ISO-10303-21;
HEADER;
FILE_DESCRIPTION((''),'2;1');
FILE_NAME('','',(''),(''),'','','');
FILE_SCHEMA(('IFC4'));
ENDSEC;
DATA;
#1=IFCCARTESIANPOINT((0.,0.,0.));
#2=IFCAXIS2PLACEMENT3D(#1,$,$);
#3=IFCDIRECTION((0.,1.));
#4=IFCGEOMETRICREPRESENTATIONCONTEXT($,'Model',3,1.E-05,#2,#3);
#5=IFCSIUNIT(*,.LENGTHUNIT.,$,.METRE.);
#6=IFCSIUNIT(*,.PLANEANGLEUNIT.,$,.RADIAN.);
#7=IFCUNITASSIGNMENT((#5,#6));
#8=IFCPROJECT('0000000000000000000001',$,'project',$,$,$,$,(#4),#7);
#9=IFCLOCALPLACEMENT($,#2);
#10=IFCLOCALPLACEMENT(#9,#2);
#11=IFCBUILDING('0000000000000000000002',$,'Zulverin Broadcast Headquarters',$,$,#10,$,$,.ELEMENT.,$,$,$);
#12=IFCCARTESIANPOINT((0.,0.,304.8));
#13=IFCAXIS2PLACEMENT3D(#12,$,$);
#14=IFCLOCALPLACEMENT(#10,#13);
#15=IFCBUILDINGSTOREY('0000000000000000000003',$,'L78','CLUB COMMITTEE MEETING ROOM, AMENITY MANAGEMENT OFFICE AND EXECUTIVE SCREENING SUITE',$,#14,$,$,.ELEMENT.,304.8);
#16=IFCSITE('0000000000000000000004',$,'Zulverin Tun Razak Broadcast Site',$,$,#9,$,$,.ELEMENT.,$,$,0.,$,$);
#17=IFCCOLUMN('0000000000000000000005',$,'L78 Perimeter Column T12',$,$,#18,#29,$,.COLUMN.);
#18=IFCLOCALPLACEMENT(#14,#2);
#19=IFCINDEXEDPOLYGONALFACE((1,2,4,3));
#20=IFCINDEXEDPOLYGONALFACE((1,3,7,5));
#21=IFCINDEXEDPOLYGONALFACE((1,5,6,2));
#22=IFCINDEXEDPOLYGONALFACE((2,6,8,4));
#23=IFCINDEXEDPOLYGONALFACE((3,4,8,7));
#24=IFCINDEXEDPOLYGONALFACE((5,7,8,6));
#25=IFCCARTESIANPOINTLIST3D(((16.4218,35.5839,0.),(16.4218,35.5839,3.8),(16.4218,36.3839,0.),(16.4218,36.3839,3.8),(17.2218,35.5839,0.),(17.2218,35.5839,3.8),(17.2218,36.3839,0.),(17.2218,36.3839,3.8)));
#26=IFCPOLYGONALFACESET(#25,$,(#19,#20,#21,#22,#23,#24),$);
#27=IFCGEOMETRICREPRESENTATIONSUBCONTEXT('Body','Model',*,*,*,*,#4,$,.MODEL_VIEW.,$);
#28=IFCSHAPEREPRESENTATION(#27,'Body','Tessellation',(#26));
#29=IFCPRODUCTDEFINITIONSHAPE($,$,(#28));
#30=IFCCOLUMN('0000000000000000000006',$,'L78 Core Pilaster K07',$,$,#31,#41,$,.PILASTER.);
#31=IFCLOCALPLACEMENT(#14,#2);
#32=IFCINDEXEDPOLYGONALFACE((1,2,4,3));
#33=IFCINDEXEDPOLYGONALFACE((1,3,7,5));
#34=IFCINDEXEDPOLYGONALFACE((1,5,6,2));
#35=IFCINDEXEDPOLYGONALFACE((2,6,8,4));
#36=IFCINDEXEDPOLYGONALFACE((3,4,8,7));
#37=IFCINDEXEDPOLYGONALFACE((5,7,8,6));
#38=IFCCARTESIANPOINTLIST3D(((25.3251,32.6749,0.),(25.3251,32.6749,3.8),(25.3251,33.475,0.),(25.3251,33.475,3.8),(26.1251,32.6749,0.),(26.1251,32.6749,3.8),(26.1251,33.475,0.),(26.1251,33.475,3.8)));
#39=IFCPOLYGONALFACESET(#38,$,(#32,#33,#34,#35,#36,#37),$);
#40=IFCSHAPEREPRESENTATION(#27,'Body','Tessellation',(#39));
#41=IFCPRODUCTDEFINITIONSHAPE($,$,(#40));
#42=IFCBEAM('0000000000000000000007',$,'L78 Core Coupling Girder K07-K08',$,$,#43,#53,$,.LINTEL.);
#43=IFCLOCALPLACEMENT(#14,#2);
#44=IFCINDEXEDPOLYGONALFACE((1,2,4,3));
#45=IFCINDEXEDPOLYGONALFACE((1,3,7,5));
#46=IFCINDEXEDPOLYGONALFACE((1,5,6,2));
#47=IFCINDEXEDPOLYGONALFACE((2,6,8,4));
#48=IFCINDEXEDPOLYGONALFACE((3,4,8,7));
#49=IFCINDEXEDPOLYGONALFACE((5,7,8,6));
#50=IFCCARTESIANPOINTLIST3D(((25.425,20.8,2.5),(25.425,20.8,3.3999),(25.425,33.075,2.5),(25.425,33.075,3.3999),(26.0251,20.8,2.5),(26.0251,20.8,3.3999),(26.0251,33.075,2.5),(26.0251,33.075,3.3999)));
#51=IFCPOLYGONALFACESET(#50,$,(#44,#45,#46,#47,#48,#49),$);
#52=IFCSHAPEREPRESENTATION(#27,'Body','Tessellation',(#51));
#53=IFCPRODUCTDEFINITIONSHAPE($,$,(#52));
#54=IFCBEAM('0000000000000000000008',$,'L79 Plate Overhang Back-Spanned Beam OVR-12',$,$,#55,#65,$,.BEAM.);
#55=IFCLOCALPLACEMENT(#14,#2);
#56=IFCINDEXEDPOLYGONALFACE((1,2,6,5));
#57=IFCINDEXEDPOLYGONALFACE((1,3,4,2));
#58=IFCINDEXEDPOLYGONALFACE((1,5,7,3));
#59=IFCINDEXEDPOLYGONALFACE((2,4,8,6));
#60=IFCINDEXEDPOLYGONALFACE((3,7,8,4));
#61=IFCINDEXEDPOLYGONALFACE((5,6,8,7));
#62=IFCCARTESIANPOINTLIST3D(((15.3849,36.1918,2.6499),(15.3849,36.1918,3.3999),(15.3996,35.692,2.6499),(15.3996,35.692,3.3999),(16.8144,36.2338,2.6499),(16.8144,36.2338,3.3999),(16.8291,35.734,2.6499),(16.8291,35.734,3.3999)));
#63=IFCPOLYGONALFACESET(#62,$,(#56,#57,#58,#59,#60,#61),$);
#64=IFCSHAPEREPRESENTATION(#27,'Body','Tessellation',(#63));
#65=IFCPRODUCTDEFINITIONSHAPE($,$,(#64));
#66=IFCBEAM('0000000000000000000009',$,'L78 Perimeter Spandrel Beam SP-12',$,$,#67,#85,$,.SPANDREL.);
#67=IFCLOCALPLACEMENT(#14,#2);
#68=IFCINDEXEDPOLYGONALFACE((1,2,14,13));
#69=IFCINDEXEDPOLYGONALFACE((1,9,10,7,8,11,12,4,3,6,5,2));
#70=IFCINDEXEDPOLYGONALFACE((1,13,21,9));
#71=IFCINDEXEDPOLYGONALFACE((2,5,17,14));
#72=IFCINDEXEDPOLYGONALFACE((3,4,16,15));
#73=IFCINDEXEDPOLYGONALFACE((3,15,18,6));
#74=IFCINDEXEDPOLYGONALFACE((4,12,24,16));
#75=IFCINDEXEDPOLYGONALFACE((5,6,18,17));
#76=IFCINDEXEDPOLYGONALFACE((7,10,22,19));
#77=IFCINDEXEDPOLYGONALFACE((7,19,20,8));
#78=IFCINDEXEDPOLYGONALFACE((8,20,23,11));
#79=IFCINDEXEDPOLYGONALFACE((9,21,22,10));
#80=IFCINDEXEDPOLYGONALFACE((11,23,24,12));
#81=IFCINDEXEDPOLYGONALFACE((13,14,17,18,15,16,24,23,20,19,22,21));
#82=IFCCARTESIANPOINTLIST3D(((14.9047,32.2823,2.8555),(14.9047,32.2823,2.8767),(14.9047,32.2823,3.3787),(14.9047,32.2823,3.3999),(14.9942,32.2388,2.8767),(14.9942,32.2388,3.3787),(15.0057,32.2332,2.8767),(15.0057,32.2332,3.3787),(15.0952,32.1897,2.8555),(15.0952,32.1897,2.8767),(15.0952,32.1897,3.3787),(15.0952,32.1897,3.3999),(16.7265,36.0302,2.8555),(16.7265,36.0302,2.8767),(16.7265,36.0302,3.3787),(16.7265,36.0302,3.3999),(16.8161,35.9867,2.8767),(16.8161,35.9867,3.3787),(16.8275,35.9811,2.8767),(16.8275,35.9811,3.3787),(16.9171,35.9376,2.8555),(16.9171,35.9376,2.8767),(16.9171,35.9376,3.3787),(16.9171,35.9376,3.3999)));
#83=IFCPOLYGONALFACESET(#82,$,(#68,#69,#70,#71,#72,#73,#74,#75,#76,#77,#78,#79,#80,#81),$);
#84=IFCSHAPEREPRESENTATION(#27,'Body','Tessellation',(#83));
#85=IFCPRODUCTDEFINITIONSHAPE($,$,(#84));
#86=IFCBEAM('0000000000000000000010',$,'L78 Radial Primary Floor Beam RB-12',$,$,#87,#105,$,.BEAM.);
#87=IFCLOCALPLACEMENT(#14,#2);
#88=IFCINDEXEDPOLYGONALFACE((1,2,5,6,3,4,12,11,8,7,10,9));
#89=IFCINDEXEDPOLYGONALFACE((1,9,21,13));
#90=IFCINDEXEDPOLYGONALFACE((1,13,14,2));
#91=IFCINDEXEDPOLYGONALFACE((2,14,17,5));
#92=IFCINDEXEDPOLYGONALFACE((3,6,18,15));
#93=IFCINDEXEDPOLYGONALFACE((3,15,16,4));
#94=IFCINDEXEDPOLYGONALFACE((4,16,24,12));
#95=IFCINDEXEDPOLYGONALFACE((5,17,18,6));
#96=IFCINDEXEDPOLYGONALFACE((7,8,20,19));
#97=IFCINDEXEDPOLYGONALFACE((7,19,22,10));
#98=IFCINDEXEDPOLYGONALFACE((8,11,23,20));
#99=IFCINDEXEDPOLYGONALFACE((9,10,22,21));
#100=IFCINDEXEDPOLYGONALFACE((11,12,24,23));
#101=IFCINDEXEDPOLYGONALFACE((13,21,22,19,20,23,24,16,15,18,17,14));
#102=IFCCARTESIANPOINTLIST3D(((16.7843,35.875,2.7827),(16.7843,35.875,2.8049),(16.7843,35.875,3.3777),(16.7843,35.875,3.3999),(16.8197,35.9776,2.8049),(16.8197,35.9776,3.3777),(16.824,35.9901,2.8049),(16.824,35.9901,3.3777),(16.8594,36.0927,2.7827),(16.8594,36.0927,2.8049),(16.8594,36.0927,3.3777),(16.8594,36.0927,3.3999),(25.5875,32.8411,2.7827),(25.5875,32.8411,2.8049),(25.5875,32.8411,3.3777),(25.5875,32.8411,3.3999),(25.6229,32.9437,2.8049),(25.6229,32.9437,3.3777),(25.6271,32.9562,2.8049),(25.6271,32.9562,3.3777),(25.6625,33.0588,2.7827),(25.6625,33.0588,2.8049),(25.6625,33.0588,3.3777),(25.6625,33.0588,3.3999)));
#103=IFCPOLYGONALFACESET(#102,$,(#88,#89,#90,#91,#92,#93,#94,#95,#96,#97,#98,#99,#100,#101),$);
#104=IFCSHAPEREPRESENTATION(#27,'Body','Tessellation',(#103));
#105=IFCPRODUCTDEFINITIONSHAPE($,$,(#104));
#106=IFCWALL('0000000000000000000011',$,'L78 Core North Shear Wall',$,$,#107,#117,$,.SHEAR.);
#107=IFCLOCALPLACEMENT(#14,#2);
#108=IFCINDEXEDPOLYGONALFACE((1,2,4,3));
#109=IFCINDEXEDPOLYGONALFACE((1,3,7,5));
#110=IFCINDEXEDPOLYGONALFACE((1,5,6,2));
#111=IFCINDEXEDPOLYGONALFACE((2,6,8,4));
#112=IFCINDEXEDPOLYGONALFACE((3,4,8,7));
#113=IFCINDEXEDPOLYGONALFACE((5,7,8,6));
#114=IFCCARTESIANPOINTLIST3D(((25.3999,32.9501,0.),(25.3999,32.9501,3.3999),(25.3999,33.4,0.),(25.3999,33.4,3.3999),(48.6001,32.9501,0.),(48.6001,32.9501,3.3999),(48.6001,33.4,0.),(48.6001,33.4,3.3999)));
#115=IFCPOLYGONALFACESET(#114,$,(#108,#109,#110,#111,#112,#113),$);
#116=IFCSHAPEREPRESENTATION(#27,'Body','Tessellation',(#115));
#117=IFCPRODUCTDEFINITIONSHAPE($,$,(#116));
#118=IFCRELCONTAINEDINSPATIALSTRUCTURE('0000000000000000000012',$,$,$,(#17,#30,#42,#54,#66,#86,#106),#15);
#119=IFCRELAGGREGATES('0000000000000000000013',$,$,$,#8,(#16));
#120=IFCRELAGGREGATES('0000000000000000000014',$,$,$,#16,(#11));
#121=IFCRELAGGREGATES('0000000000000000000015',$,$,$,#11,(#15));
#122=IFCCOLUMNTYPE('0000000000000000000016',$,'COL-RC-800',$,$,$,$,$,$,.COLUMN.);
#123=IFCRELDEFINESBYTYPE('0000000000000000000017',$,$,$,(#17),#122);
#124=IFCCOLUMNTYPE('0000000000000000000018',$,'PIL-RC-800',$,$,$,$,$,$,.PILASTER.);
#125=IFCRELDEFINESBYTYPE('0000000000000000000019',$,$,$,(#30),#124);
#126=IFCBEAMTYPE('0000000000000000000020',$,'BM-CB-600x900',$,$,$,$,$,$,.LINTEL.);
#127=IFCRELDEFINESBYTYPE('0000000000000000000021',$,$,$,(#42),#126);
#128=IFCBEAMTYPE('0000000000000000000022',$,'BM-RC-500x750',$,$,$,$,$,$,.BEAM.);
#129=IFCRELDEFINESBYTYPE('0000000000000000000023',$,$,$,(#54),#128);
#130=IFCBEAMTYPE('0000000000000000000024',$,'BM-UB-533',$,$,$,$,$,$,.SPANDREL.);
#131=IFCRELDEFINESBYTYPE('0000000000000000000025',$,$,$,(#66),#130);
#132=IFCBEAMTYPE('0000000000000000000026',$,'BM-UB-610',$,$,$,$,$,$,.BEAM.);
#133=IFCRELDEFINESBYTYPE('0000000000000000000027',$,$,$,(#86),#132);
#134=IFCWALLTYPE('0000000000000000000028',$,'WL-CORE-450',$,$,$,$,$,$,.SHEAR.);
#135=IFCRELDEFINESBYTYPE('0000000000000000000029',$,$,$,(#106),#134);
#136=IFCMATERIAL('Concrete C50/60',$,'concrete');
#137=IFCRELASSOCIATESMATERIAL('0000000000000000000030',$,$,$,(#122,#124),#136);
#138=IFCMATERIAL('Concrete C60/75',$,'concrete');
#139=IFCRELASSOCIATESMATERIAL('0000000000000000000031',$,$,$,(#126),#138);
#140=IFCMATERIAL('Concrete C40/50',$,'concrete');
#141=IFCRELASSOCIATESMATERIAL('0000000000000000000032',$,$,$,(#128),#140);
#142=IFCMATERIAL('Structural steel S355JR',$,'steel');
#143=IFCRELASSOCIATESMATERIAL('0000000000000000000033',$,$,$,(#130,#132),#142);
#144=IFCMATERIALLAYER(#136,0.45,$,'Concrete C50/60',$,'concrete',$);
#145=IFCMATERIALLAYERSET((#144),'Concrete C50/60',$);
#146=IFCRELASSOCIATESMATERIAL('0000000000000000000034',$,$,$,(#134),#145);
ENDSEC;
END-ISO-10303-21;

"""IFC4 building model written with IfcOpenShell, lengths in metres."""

from ifc_helpers import new_model, si_unit, direction, frame, frame_2d, origin, origin_2d, place, context, subcontext, project, spatial, rectangle, i_section, extrude, material, layer, layer_set, material_profile, profile_set, type_object, element, save


model = new_model("IFC4")

# Units and contexts
model_context = context("Model", 3, precision=1e-05, world=origin(), true_north=direction((0.0, 1.0)))
body_context = subcontext(model_context, "Body", "Model", "MODEL_VIEW")
ifc_project = project(units=[si_unit("LENGTHUNIT", "METRE"), si_unit("PLANEANGLEUNIT", "RADIAN")], contexts=[model_context])

# Site, building, storey
site_placement = place(None, origin())
site = spatial("IfcSite", under=ifc_project, at=site_placement, Name="Zulverin Tun Razak Broadcast Site", CompositionType="ELEMENT", RefElevation=0.0)
building_placement = place(site_placement, origin())
building = spatial("IfcBuilding", under=site, at=building_placement, Name="Zulverin Broadcast Headquarters", CompositionType="ELEMENT")
storey_placement = place(building_placement, frame((0.0, 0.0, 304.8)))
storey = spatial("IfcBuildingStorey", under=building, at=storey_placement, Name="L78", Description="CLUB COMMITTEE MEETING ROOM, AMENITY MANAGEMENT OFFICE AND EXECUTIVE SCREENING SUITE", CompositionType="ELEMENT", Elevation=304.8)

# Columns
ifc_material_1 = material(Name="Concrete C50/60", Category="concrete")
ifc_material_profile_1 = material_profile(ifc_material_1, rectangle(XDim=0.8, YDim=0.8, at=origin_2d()), Name="Concrete C50/60", Category="concrete")
ifc_profile_set_1 = profile_set([ifc_material_profile_1], Name="Concrete C50/60")
column_type_1 = type_object("IfcColumnType", Name="COL-RC-800", PredefinedType="COLUMN", material=ifc_profile_set_1)
column_1_placement = place(storey_placement, frame((16.8218, 35.9839, 0.0), z_axis=(0.0, 0.0, 1.0), x_axis=(1.0, 0.0, 0.0)))
element("IfcColumn", 1, at=column_1_placement, inside=storey, type_object=column_type_1, Name="L78 Perimeter Column T12", PredefinedType="COLUMN", context=body_context, shape_type="SweptSolid", body=[
    extrude(rectangle(XDim=0.8, YDim=0.8, at=origin_2d()), origin(), (0.0, 0.0, 1.0), 3.8),
])
ifc_material_profile_2 = material_profile(ifc_material_1, rectangle(XDim=0.8, YDim=0.8, at=origin_2d()), Name="Concrete C50/60", Category="concrete")
ifc_profile_set_2 = profile_set([ifc_material_profile_2], Name="Concrete C50/60")
column_type_2 = type_object("IfcColumnType", Name="PIL-RC-800", PredefinedType="PILASTER", material=ifc_profile_set_2)
column_2_placement = place(storey_placement, frame((25.7251, 33.075, 0.0), z_axis=(0.0, 0.0, 1.0), x_axis=(1.0, 0.0, 0.0)))
element("IfcColumn", 2, at=column_2_placement, inside=storey, type_object=column_type_2, Name="L78 Core Pilaster K07", PredefinedType="PILASTER", context=body_context, shape_type="SweptSolid", body=[
    extrude(rectangle(XDim=0.8, YDim=0.8, at=origin_2d()), origin(), (0.0, 0.0, 1.0), 3.8),
])

# Beams
ifc_material_2 = material(Name="Concrete C60/75", Category="concrete")
ifc_material_profile_3 = material_profile(ifc_material_2, rectangle(XDim=0.6001, YDim=0.8999, at=origin_2d()), Name="Concrete C60/75", Category="concrete")
ifc_profile_set_3 = profile_set([ifc_material_profile_3], Name="Concrete C60/75")
beam_type_1 = type_object("IfcBeamType", Name="BM-CB-600x900", PredefinedType="LINTEL", material=ifc_profile_set_3)
beam_1_placement = place(storey_placement, frame((25.7251, 33.075, 2.95), z_axis=(0.0, -1.0, 0.0), x_axis=(1.0, 0.0, 0.0)))
element("IfcBeam", 3, at=beam_1_placement, inside=storey, type_object=beam_type_1, Name="L78 Core Coupling Girder K07-K08", PredefinedType="LINTEL", context=body_context, shape_type="SweptSolid", body=[
    extrude(rectangle(XDim=0.6001, YDim=0.8999, at=origin_2d()), origin(), (0.0, 0.0, 1.0), 12.2749),
])
ifc_material_3 = material(Name="Concrete C40/50", Category="concrete")
ifc_material_profile_4 = material_profile(ifc_material_3, rectangle(XDim=0.5, YDim=0.75, at=origin_2d()), Name="Concrete C40/50", Category="concrete")
ifc_profile_set_4 = profile_set([ifc_material_profile_4], Name="Concrete C40/50")
beam_type_2 = type_object("IfcBeamType", Name="BM-RC-500x750", PredefinedType="BEAM", material=ifc_profile_set_4)
beam_2_placement = place(storey_placement, frame((16.8218, 35.9839, 3.0249), z_axis=(-0.999569, -0.029364, 0.0), x_axis=(0.029364, -0.999569, 0.0)))
element("IfcBeam", 4, at=beam_2_placement, inside=storey, type_object=beam_type_2, Name="L79 Plate Overhang Back-Spanned Beam OVR-12", PredefinedType="BEAM", context=body_context, shape_type="SweptSolid", body=[
    extrude(rectangle(XDim=0.5, YDim=0.75, at=origin_2d()), origin(), (0.0, 0.0, 1.0), 1.4302),
])
ifc_material_4 = material(Name="Structural steel S355JR", Category="steel")
ifc_material_profile_5 = material_profile(ifc_material_4, i_section(OverallWidth=0.2119, OverallDepth=0.5444, WebThickness=0.0127, FlangeThickness=0.0212, at=origin_2d()), Name="Structural steel S355JR", Category="steel")
ifc_profile_set_5 = profile_set([ifc_material_profile_5], Name="Structural steel S355JR")
beam_type_3 = type_object("IfcBeamType", Name="BM-UB-533", PredefinedType="SPANDREL", material=ifc_profile_set_5)
beam_3_placement = place(storey_placement, frame((16.8218, 35.9839, 3.1277), z_axis=(-0.437179, -0.899375, 0.0), x_axis=(0.899375, -0.437179, 0.0)))
element("IfcBeam", 5, at=beam_3_placement, inside=storey, type_object=beam_type_3, Name="L78 Perimeter Spandrel Beam SP-12", PredefinedType="SPANDREL", context=body_context, shape_type="SweptSolid", body=[
    extrude(i_section(OverallWidth=0.2119, OverallDepth=0.5444, WebThickness=0.0127, FlangeThickness=0.0212, at=origin_2d()), origin(), (0.0, 0.0, 1.0), 4.1672),
])
ifc_material_profile_6 = material_profile(ifc_material_4, i_section(OverallWidth=0.2302, OverallDepth=0.6172, WebThickness=0.0132, FlangeThickness=0.0222, at=origin_2d()), Name="Structural steel S355JR", Category="steel")
ifc_profile_set_6 = profile_set([ifc_material_profile_6], Name="Structural steel S355JR")
beam_type_4 = type_object("IfcBeamType", Name="BM-UB-610", PredefinedType="BEAM", material=ifc_profile_set_6)
beam_4_placement = place(storey_placement, frame((25.625, 32.95, 3.0913), z_axis=(-0.945428, 0.325831, 0.0), x_axis=(-0.325831, -0.945428, 0.0)))
element("IfcBeam", 6, at=beam_4_placement, inside=storey, type_object=beam_type_4, Name="L78 Radial Primary Floor Beam RB-12", PredefinedType="BEAM", context=body_context, shape_type="SweptSolid", body=[
    extrude(i_section(OverallWidth=0.2302, OverallDepth=0.6172, WebThickness=0.0132, FlangeThickness=0.0222, at=origin_2d()), origin(), (0.0, 0.0, 1.0), 9.3113),
])

# Wall
ifc_layer_1 = layer(ifc_material_1, 0.45, Name="Concrete C50/60", Category="concrete")
ifc_layer_set_1 = layer_set([ifc_layer_1], Name="Concrete C50/60")
wall_type_1 = type_object("IfcWallType", Name="WL-CORE-450", PredefinedType="SHEAR", material=ifc_layer_set_1)
wall_1_placement = place(storey_placement, frame((25.3999, 33.175, 0.0), z_axis=(0.0, 0.0, 1.0), x_axis=(1.0, 0.0, 0.0)))
element("IfcWall", 7, at=wall_1_placement, inside=storey, type_object=wall_type_1, Name="L78 Core North Shear Wall", PredefinedType="SHEAR", context=body_context, shape_type="SweptSolid", body=[
    extrude(rectangle(XDim=23.2002, YDim=0.45, at=frame_2d((11.6001, 0.0))), origin(), (0.0, 0.0, 1.0), 3.3999),
])

save(model, "model.ifc")
